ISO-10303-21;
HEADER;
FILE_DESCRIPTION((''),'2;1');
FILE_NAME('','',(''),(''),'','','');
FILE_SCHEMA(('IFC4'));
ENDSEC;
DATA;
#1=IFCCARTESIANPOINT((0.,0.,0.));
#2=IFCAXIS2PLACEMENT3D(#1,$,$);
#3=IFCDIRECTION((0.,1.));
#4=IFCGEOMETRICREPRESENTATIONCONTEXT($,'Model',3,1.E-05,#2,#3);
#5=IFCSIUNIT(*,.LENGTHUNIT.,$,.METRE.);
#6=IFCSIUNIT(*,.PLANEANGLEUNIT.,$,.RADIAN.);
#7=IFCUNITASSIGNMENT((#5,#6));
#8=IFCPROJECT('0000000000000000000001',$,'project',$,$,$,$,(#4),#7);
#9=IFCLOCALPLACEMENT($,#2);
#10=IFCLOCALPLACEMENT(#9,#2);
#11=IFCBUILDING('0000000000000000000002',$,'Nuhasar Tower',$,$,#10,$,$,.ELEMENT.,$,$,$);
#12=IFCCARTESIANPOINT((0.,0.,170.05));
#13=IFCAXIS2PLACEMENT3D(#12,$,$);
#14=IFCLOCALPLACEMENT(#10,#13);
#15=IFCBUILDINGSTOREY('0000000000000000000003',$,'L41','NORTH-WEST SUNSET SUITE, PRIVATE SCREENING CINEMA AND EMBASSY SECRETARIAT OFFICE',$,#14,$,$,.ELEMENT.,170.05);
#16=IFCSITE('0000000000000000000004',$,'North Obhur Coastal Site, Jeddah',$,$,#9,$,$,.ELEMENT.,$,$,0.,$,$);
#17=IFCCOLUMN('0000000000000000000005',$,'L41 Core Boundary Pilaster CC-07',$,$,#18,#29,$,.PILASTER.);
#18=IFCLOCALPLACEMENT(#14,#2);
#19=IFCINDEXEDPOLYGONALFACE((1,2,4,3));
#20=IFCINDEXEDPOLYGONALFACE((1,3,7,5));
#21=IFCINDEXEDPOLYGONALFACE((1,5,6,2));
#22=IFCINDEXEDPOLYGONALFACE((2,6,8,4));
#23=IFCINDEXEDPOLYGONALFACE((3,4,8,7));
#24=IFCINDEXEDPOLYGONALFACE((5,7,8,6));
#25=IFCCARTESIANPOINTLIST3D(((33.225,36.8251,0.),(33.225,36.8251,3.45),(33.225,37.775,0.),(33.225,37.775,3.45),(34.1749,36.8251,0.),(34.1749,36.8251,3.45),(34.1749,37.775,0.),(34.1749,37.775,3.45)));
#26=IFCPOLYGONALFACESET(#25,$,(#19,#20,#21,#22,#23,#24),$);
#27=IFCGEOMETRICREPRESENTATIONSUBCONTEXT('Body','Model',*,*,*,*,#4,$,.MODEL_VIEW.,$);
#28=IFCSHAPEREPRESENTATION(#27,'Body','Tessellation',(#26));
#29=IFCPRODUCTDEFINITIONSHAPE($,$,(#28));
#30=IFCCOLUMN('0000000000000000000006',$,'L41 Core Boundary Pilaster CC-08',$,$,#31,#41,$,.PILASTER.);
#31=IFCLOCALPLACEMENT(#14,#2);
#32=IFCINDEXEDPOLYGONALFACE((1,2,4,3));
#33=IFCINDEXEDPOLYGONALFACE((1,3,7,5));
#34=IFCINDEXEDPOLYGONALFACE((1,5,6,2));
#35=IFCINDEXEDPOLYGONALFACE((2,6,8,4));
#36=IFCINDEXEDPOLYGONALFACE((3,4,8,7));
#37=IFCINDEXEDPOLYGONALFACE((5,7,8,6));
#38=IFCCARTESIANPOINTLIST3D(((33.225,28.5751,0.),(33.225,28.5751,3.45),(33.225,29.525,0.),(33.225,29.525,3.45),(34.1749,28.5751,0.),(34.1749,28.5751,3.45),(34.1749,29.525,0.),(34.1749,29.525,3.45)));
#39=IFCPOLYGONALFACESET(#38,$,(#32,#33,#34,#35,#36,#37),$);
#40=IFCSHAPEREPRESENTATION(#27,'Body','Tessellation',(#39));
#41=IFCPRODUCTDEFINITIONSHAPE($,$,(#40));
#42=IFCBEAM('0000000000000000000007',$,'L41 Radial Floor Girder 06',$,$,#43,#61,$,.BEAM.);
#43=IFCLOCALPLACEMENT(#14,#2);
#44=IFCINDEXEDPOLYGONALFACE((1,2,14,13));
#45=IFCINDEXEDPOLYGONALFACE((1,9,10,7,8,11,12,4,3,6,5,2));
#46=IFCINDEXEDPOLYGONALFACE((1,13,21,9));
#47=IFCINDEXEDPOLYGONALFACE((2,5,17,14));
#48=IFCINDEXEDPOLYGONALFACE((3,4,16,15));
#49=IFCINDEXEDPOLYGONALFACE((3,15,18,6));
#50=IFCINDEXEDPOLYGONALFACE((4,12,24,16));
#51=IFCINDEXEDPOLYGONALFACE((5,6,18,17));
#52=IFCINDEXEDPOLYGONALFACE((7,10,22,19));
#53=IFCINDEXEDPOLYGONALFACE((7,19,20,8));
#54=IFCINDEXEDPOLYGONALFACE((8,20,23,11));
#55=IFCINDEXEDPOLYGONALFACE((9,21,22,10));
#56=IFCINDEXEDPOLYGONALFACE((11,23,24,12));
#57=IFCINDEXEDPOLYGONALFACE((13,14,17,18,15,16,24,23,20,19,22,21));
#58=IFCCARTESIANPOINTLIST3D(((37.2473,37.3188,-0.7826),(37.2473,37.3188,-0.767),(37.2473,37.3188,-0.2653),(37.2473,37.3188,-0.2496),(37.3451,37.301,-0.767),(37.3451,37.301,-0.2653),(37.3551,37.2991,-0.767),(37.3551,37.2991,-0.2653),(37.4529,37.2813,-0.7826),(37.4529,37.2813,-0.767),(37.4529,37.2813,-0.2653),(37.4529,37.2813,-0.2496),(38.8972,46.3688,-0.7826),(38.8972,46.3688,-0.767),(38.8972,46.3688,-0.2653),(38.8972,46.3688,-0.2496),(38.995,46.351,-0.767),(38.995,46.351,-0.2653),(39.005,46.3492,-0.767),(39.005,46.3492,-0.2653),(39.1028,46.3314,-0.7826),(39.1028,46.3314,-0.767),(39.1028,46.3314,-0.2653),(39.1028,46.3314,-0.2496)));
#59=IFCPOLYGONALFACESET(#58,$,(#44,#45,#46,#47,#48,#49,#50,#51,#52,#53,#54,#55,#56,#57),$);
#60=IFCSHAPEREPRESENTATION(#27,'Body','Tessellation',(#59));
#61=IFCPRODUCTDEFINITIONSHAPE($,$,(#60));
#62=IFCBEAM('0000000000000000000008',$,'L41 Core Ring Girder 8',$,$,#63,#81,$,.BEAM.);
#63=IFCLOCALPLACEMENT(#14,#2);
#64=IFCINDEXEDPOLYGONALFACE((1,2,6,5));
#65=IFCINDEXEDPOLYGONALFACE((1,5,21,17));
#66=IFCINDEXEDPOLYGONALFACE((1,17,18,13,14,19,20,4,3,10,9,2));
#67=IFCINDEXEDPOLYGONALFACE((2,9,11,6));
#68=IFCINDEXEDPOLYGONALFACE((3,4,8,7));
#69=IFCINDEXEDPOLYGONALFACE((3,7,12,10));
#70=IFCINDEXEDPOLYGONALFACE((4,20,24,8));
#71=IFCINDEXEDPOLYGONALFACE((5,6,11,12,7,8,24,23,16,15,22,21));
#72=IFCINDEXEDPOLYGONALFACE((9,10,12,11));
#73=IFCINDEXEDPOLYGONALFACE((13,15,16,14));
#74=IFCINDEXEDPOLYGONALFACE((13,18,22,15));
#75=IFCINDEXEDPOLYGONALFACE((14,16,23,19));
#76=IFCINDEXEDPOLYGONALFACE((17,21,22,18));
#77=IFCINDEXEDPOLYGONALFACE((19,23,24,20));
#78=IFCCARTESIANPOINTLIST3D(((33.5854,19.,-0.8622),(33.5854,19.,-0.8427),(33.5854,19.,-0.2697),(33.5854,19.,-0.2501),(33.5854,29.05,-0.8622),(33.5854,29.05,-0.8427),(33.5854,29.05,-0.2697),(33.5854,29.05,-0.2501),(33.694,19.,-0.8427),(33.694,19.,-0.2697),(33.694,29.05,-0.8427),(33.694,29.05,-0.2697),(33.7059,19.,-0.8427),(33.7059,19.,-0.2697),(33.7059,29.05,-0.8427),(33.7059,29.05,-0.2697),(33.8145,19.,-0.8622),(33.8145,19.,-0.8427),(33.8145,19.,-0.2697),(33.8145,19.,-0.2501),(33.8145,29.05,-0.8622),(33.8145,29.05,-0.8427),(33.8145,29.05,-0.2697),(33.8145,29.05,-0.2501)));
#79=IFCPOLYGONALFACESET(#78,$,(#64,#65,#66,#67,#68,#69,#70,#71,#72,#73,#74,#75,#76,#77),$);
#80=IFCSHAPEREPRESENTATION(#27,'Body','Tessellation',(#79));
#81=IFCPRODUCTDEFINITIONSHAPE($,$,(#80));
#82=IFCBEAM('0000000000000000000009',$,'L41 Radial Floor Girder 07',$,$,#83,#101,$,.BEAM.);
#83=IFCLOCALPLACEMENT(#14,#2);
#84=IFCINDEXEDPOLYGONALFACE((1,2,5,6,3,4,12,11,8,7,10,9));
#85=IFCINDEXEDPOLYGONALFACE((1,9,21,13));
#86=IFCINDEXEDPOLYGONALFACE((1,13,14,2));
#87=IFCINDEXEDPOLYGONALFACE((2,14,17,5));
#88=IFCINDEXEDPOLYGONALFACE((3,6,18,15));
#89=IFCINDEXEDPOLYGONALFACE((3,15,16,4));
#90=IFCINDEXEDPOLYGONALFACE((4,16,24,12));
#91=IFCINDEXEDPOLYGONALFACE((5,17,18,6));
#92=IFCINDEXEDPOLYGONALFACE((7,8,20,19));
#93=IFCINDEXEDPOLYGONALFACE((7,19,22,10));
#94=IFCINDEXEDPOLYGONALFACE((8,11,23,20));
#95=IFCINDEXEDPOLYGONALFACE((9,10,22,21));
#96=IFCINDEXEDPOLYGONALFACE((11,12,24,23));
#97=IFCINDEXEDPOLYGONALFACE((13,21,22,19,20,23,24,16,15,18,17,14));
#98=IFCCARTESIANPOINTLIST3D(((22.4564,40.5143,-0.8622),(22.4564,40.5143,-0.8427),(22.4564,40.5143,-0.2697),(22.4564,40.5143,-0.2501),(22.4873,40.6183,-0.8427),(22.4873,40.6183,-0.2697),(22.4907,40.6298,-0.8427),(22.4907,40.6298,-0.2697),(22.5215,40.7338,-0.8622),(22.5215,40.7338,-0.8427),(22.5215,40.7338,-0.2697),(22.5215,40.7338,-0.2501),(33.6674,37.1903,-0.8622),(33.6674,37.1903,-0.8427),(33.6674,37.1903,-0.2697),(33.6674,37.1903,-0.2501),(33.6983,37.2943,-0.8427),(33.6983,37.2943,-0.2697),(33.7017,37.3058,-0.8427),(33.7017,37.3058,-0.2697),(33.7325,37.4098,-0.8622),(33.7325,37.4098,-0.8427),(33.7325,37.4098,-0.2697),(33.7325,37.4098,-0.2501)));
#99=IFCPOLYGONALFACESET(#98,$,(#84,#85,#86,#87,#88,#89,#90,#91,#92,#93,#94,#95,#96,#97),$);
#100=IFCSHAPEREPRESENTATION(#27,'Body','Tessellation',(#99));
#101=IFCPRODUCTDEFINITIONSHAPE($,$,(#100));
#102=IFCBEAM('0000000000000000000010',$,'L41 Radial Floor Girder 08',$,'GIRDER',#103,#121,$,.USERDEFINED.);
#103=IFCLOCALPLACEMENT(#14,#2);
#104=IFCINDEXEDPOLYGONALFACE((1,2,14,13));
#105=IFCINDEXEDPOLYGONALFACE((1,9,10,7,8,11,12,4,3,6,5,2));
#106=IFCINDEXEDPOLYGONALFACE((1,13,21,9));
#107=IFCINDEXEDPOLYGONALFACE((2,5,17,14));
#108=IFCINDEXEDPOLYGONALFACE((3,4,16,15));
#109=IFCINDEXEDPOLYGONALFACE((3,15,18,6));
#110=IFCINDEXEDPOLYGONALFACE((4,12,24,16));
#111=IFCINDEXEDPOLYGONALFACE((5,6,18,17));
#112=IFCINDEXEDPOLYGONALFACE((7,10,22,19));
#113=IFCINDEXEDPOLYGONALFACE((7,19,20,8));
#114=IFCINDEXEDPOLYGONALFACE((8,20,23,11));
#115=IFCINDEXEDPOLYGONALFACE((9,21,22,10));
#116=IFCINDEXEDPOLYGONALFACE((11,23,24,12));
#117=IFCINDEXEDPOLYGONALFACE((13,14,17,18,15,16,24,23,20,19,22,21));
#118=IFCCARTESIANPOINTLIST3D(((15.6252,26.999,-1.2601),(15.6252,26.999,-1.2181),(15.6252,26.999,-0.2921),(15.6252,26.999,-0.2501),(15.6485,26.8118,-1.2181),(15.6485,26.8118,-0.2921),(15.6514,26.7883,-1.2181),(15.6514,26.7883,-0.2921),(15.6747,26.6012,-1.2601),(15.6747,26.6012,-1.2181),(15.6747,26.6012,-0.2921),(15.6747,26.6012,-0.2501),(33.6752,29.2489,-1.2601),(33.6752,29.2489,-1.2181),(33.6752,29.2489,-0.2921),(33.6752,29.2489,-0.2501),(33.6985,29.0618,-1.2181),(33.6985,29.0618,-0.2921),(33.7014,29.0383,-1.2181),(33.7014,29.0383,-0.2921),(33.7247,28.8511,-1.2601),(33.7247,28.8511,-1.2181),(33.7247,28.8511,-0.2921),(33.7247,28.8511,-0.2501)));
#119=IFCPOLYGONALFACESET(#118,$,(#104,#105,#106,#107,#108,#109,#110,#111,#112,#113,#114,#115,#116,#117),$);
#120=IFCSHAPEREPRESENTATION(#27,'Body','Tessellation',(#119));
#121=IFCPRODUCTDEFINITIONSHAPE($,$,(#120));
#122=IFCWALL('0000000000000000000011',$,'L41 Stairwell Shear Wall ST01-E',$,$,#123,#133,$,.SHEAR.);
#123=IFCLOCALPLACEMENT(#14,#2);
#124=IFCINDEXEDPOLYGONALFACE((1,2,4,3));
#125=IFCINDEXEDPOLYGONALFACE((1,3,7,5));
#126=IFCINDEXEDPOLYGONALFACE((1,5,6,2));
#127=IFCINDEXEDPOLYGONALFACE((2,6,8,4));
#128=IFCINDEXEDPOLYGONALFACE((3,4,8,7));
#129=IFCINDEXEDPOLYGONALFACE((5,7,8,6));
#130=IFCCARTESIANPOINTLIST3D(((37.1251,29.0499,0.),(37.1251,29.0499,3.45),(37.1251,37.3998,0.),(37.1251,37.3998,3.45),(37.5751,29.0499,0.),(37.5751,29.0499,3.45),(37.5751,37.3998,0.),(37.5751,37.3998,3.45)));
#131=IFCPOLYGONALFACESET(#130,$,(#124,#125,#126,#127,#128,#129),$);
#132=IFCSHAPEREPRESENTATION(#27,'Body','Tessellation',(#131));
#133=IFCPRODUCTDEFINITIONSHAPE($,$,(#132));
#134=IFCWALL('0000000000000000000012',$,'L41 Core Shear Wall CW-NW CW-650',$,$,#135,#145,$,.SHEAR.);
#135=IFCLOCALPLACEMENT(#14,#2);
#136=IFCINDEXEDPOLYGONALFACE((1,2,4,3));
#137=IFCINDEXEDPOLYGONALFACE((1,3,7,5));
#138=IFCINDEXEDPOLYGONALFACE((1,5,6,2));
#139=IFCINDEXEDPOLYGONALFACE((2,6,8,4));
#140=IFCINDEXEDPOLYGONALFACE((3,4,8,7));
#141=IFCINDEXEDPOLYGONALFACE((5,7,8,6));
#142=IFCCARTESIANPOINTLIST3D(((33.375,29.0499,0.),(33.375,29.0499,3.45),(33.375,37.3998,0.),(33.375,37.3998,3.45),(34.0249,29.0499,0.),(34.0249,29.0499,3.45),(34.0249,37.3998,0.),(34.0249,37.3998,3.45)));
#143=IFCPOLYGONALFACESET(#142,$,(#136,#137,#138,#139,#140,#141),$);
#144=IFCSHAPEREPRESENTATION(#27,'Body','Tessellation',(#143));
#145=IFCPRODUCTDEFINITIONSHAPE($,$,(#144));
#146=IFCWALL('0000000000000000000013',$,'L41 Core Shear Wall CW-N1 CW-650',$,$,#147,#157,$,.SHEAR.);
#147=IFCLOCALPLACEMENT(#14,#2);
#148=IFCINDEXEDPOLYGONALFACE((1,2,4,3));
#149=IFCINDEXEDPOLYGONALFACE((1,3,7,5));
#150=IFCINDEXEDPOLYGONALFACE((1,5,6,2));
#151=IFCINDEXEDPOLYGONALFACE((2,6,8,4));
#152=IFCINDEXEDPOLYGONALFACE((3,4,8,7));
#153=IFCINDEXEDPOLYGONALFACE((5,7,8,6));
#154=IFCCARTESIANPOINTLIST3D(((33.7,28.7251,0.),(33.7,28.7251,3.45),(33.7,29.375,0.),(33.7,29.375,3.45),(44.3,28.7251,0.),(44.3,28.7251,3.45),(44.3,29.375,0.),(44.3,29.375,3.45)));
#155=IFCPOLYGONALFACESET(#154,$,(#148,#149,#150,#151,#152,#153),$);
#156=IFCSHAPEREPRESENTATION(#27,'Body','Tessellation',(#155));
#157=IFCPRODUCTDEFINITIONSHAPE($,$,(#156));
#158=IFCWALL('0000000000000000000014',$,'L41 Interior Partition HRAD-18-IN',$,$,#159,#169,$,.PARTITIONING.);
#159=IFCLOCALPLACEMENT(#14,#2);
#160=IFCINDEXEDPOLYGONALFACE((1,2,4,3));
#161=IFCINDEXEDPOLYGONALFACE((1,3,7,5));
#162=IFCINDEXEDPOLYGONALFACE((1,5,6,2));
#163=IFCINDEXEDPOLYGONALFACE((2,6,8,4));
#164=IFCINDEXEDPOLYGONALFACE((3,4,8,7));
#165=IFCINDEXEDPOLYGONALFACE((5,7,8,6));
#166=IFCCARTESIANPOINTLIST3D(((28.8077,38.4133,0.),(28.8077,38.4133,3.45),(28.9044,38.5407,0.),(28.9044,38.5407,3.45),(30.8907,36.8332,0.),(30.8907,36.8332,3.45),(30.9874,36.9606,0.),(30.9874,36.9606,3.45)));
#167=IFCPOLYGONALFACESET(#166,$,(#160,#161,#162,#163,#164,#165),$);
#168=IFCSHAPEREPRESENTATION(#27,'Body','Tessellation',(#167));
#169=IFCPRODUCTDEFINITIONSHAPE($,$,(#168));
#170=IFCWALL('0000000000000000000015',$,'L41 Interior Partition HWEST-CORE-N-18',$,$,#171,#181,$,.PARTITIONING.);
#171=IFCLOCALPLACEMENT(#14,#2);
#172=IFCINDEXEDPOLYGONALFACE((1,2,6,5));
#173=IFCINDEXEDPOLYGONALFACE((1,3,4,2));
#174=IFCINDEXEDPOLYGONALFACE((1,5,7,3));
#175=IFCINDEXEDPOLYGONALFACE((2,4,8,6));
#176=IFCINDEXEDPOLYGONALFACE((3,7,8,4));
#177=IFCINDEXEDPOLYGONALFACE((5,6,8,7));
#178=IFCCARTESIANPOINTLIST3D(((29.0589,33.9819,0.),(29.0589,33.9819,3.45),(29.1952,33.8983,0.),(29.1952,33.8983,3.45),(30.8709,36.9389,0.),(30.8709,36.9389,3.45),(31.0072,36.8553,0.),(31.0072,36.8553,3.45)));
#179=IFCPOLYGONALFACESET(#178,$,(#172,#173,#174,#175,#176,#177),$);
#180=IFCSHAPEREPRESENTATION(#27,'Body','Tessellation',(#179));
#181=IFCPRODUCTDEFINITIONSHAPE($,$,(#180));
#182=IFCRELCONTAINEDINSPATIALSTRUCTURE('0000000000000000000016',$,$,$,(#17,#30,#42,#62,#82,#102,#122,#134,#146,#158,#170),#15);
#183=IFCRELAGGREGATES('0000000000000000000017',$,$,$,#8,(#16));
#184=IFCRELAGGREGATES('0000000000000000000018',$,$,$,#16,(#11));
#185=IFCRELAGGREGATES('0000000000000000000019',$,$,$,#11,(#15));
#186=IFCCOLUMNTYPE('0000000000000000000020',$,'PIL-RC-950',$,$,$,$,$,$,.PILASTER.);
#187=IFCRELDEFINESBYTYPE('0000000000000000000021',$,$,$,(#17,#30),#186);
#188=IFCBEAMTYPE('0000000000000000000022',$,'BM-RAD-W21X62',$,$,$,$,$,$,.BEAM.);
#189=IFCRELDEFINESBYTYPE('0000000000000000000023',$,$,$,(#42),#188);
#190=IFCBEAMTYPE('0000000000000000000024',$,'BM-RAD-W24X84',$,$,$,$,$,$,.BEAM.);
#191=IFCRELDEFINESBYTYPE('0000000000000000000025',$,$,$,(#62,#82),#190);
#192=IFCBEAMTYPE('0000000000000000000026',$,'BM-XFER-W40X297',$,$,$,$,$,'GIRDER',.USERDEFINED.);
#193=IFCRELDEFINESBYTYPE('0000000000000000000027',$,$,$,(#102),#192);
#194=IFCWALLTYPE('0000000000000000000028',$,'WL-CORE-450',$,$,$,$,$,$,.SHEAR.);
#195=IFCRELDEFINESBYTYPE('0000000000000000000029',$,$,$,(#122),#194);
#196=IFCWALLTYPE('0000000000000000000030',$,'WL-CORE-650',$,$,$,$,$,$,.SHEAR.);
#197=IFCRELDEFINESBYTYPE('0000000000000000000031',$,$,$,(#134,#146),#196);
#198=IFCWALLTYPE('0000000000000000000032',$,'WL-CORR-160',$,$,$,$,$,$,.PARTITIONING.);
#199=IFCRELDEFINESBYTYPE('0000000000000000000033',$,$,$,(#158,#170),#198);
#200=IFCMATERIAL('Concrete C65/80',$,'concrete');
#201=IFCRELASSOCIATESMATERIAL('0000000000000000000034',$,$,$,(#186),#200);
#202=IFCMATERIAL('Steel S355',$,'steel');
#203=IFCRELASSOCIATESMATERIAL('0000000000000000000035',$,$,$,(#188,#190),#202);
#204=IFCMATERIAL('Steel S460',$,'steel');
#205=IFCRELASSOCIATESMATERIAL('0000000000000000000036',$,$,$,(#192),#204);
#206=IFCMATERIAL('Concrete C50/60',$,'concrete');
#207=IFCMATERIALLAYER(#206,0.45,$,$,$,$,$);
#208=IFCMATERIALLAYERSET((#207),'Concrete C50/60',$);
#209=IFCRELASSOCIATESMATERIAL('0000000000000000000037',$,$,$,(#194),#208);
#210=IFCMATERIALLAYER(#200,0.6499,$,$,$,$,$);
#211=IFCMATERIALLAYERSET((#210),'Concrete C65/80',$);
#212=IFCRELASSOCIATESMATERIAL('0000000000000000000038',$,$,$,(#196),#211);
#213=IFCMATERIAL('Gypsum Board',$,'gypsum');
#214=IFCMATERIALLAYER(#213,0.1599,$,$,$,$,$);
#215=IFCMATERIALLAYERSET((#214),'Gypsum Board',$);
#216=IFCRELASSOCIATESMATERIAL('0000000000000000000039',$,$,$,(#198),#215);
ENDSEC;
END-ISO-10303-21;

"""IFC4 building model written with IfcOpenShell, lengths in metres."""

from ifc_helpers import new_model, si_unit, direction, frame, frame_2d, origin, origin_2d, place, context, subcontext, project, spatial, rectangle, i_section, extrude, material, layer, layer_set, material_profile, profile_set, type_object, element, save


model = new_model("IFC4")

# Units and contexts
model_context = context("Model", 3, precision=1e-05, world=origin(), true_north=direction((0.0, 1.0)))
body_context = subcontext(model_context, "Body", "Model", "MODEL_VIEW")
ifc_project = project(units=[si_unit("LENGTHUNIT", "METRE"), si_unit("PLANEANGLEUNIT", "RADIAN")], contexts=[model_context])

# Site, building, storey
site_placement = place(None, origin())
site = spatial("IfcSite", under=ifc_project, at=site_placement, Name="North Obhur Coastal Site, Jeddah", CompositionType="ELEMENT", RefElevation=0.0)
building_placement = place(site_placement, origin())
building = spatial("IfcBuilding", under=site, at=building_placement, Name="Nuhasar Tower", CompositionType="ELEMENT")
storey_placement = place(building_placement, frame((0.0, 0.0, 170.05)))
storey = spatial("IfcBuildingStorey", under=building, at=storey_placement, Name="L41", Description="NORTH-WEST SUNSET SUITE, PRIVATE SCREENING CINEMA AND EMBASSY SECRETARIAT OFFICE", CompositionType="ELEMENT", Elevation=170.05)

# Columns
ifc_material_1 = material(Name="Concrete C65/80", Category="concrete")
ifc_material_profile_1 = material_profile(ifc_material_1, rectangle(XDim=0.95, YDim=0.95, at=origin_2d()), Name="RC950X950")
ifc_profile_set_1 = profile_set([ifc_material_profile_1], Name="Concrete C65/80")
column_type = type_object("IfcColumnType", Name="PIL-RC-950", PredefinedType="PILASTER", material=ifc_profile_set_1)
for number, where, z_axis, x_axis, name in (
    (1, (33.7, 37.3, 0.0), (0.0, 0.0, 1.0), (1.0, 0.0, 0.0), "L41 Core Boundary Pilaster CC-07"),
    (2, (33.7, 29.05, 0.0), (0.0, 0.0, 1.0), (1.0, 0.0, 0.0), "L41 Core Boundary Pilaster CC-08"),
):
    element("IfcColumn", number, at=place(storey_placement, frame(where, z_axis=z_axis, x_axis=x_axis)), inside=storey, type_object=column_type, Name=name, PredefinedType="PILASTER", context=body_context, shape_type="SweptSolid", body=[
        extrude(rectangle(XDim=0.95, YDim=0.95, at=origin_2d()), origin(), (0.0, 0.0, 1.0), 3.45),
    ])

# Beams
ifc_material_2 = material(Name="Steel S355", Category="steel")
ifc_material_profile_2 = material_profile(ifc_material_2, i_section(OverallWidth=0.209, OverallDepth=0.533, WebThickness=0.0103, FlangeThickness=0.0156, at=origin_2d()), Name="W21X62")
ifc_profile_set_2 = profile_set([ifc_material_profile_2], Name="Steel S355")
beam_type_1 = type_object("IfcBeamType", Name="BM-RAD-W21X62", PredefinedType="BEAM", material=ifc_profile_set_2)
beam_1_placement = place(storey_placement, frame((37.3501, 37.3, -0.5161), z_axis=(0.179353, 0.983785, 0.0), x_axis=(-0.983785, 0.179353, 0.0)))
element("IfcBeam", 3, at=beam_1_placement, inside=storey, type_object=beam_type_1, Name="L41 Radial Floor Girder 06", PredefinedType="BEAM", context=body_context, shape_type="SweptSolid", body=[
    extrude(i_section(OverallWidth=0.209, OverallDepth=0.533, WebThickness=0.0103, FlangeThickness=0.0156, at=origin_2d()), origin(), (0.0, 0.0, 1.0), 9.1992),
])
ifc_material_profile_3 = material_profile(ifc_material_2, i_section(OverallWidth=0.229, OverallDepth=0.6121, WebThickness=0.012, FlangeThickness=0.0195, at=origin_2d()), Name="W24X84")
ifc_profile_set_3 = profile_set([ifc_material_profile_3], Name="Steel S355")
beam_type_2 = type_object("IfcBeamType", Name="BM-RAD-W24X84", PredefinedType="BEAM", material=ifc_profile_set_3)
beam_2_placement = place(storey_placement, frame((33.7, 29.05, -0.5562), z_axis=(0.0, -1.0, 0.0), x_axis=(1.0, 0.0, 0.0)))
element("IfcBeam", 4, at=beam_2_placement, inside=storey, type_object=beam_type_2, Name="L41 Core Ring Girder 8", PredefinedType="BEAM", context=body_context, shape_type="SweptSolid", body=[
    extrude(i_section(OverallWidth=0.229, OverallDepth=0.6121, WebThickness=0.012, FlangeThickness=0.0195, at=origin_2d()), origin(), (0.0, 0.0, 1.0), 10.05),
])
beam_3_placement = place(storey_placement, frame((33.7, 37.3, -0.5562), z_axis=(-0.958746, 0.284262, 0.0), x_axis=(-0.284262, -0.958746, 0.0)))
element("IfcBeam", 5, at=beam_3_placement, inside=storey, type_object=beam_type_2, Name="L41 Radial Floor Girder 07", PredefinedType="BEAM", context=body_context, shape_type="SweptSolid", body=[
    extrude(i_section(OverallWidth=0.229, OverallDepth=0.6121, WebThickness=0.012, FlangeThickness=0.0195, at=origin_2d()), origin(), (0.0, 0.0, 1.0), 11.6934),
])
ifc_material_3 = material(Name="Steel S460", Category="steel")
ifc_material_profile_4 = material_profile(ifc_material_3, i_section(OverallWidth=0.4009, OverallDepth=1.01, WebThickness=0.0237, FlangeThickness=0.042, at=origin_2d()), Name="W40X297")
ifc_profile_set_4 = profile_set([ifc_material_profile_4], Name="Steel S460")
beam_type_3 = type_object("IfcBeamType", Name="BM-XFER-W40X297", ElementType="GIRDER", PredefinedType="USERDEFINED", material=ifc_profile_set_4)
beam_4_placement = place(storey_placement, frame((33.7, 29.05, -0.7551), z_axis=(-0.99232, -0.123696, 0.0), x_axis=(0.123696, -0.99232, 0.0)))
element("IfcBeam", 6, at=beam_4_placement, inside=storey, type_object=beam_type_3, Name="L41 Radial Floor Girder 08", ObjectType="GIRDER", PredefinedType="USERDEFINED", context=body_context, shape_type="SweptSolid", body=[
    extrude(i_section(OverallWidth=0.4009, OverallDepth=1.01, WebThickness=0.0237, FlangeThickness=0.042, at=origin_2d()), origin(), (0.0, 0.0, 1.0), 18.1897),
])

# Walls
ifc_material_4 = material(Name="Concrete C50/60", Category="concrete")
ifc_layer_1 = layer(ifc_material_4, 0.45)
ifc_layer_set_1 = layer_set([ifc_layer_1], Name="Concrete C50/60")
wall_type_1 = type_object("IfcWallType", Name="WL-CORE-450", PredefinedType="SHEAR", material=ifc_layer_set_1)
wall_1_placement = place(storey_placement, frame((37.3501, 29.05, 0.0), z_axis=(0.0, 0.0, 1.0), x_axis=(0.0, 1.0, 0.0)))
element("IfcWall", 7, at=wall_1_placement, inside=storey, type_object=wall_type_1, Name="L41 Stairwell Shear Wall ST01-E", PredefinedType="SHEAR", context=body_context, shape_type="SweptSolid", body=[
    extrude(rectangle(XDim=8.3499, YDim=0.45, at=frame_2d((4.1748, 0.0))), origin(), (0.0, 0.0, 1.0), 3.45),
])
ifc_layer_2 = layer(ifc_material_1, 0.6499)
ifc_layer_set_2 = layer_set([ifc_layer_2], Name="Concrete C65/80")
wall_type_2 = type_object("IfcWallType", Name="WL-CORE-650", PredefinedType="SHEAR", material=ifc_layer_set_2)
wall_2_placement = place(storey_placement, frame((33.7, 29.05, 0.0), z_axis=(0.0, 0.0, 1.0), x_axis=(0.0, 1.0, 0.0)))
element("IfcWall", 8, at=wall_2_placement, inside=storey, type_object=wall_type_2, Name="L41 Core Shear Wall CW-NW CW-650", PredefinedType="SHEAR", context=body_context, shape_type="SweptSolid", body=[
    extrude(rectangle(XDim=8.3499, YDim=0.6499, at=frame_2d((4.1748, 0.0))), origin(), (0.0, 0.0, 1.0), 3.45),
])
wall_3_placement = place(storey_placement, frame((33.7, 29.05, 0.0), z_axis=(0.0, 0.0, 1.0), x_axis=(1.0, 0.0, 0.0)))
element("IfcWall", 9, at=wall_3_placement, inside=storey, type_object=wall_type_2, Name="L41 Core Shear Wall CW-N1 CW-650", PredefinedType="SHEAR", context=body_context, shape_type="SweptSolid", body=[
    extrude(rectangle(XDim=10.6001, YDim=0.6499, at=frame_2d((5.3, 0.0))), origin(), (0.0, 0.0, 1.0), 3.45),
])
ifc_material_5 = material(Name="Gypsum Board", Category="gypsum")
ifc_layer_3 = layer(ifc_material_5, 0.1599)
ifc_layer_set_3 = layer_set([ifc_layer_3], Name="Gypsum Board")
wall_type_3 = type_object("IfcWallType", Name="WL-CORR-160", PredefinedType="PARTITIONING", material=ifc_layer_set_3)
wall_4_placement = place(storey_placement, frame((30.939, 36.897, 0.0), z_axis=(0.0, 0.0, 1.0), x_axis=(-0.796716, 0.604354, 0.0)))
element("IfcWall", 10, at=wall_4_placement, inside=storey, type_object=wall_type_3, Name="L41 Interior Partition HRAD-18-IN", PredefinedType="PARTITIONING", context=body_context, shape_type="SweptSolid", body=[
    extrude(rectangle(XDim=2.6145, YDim=0.1599, at=frame_2d((1.3071, 0.0))), origin(), (0.0, 0.0, 1.0), 3.45),
])
wall_5_placement = place(storey_placement, frame((30.939, 36.897, 0.0), z_axis=(0.0, 0.0, 1.0), x_axis=(-0.522486, -0.852648, 0.0)))
element("IfcWall", 11, at=wall_5_placement, inside=storey, type_object=wall_type_3, Name="L41 Interior Partition HWEST-CORE-N-18", PredefinedType="PARTITIONING", context=body_context, shape_type="SweptSolid", body=[
    extrude(rectangle(XDim=3.468, YDim=0.1599, at=frame_2d((1.7339, 0.0))), origin(), (0.0, 0.0, 1.0), 3.45),
])

save(model, "model.ifc")
